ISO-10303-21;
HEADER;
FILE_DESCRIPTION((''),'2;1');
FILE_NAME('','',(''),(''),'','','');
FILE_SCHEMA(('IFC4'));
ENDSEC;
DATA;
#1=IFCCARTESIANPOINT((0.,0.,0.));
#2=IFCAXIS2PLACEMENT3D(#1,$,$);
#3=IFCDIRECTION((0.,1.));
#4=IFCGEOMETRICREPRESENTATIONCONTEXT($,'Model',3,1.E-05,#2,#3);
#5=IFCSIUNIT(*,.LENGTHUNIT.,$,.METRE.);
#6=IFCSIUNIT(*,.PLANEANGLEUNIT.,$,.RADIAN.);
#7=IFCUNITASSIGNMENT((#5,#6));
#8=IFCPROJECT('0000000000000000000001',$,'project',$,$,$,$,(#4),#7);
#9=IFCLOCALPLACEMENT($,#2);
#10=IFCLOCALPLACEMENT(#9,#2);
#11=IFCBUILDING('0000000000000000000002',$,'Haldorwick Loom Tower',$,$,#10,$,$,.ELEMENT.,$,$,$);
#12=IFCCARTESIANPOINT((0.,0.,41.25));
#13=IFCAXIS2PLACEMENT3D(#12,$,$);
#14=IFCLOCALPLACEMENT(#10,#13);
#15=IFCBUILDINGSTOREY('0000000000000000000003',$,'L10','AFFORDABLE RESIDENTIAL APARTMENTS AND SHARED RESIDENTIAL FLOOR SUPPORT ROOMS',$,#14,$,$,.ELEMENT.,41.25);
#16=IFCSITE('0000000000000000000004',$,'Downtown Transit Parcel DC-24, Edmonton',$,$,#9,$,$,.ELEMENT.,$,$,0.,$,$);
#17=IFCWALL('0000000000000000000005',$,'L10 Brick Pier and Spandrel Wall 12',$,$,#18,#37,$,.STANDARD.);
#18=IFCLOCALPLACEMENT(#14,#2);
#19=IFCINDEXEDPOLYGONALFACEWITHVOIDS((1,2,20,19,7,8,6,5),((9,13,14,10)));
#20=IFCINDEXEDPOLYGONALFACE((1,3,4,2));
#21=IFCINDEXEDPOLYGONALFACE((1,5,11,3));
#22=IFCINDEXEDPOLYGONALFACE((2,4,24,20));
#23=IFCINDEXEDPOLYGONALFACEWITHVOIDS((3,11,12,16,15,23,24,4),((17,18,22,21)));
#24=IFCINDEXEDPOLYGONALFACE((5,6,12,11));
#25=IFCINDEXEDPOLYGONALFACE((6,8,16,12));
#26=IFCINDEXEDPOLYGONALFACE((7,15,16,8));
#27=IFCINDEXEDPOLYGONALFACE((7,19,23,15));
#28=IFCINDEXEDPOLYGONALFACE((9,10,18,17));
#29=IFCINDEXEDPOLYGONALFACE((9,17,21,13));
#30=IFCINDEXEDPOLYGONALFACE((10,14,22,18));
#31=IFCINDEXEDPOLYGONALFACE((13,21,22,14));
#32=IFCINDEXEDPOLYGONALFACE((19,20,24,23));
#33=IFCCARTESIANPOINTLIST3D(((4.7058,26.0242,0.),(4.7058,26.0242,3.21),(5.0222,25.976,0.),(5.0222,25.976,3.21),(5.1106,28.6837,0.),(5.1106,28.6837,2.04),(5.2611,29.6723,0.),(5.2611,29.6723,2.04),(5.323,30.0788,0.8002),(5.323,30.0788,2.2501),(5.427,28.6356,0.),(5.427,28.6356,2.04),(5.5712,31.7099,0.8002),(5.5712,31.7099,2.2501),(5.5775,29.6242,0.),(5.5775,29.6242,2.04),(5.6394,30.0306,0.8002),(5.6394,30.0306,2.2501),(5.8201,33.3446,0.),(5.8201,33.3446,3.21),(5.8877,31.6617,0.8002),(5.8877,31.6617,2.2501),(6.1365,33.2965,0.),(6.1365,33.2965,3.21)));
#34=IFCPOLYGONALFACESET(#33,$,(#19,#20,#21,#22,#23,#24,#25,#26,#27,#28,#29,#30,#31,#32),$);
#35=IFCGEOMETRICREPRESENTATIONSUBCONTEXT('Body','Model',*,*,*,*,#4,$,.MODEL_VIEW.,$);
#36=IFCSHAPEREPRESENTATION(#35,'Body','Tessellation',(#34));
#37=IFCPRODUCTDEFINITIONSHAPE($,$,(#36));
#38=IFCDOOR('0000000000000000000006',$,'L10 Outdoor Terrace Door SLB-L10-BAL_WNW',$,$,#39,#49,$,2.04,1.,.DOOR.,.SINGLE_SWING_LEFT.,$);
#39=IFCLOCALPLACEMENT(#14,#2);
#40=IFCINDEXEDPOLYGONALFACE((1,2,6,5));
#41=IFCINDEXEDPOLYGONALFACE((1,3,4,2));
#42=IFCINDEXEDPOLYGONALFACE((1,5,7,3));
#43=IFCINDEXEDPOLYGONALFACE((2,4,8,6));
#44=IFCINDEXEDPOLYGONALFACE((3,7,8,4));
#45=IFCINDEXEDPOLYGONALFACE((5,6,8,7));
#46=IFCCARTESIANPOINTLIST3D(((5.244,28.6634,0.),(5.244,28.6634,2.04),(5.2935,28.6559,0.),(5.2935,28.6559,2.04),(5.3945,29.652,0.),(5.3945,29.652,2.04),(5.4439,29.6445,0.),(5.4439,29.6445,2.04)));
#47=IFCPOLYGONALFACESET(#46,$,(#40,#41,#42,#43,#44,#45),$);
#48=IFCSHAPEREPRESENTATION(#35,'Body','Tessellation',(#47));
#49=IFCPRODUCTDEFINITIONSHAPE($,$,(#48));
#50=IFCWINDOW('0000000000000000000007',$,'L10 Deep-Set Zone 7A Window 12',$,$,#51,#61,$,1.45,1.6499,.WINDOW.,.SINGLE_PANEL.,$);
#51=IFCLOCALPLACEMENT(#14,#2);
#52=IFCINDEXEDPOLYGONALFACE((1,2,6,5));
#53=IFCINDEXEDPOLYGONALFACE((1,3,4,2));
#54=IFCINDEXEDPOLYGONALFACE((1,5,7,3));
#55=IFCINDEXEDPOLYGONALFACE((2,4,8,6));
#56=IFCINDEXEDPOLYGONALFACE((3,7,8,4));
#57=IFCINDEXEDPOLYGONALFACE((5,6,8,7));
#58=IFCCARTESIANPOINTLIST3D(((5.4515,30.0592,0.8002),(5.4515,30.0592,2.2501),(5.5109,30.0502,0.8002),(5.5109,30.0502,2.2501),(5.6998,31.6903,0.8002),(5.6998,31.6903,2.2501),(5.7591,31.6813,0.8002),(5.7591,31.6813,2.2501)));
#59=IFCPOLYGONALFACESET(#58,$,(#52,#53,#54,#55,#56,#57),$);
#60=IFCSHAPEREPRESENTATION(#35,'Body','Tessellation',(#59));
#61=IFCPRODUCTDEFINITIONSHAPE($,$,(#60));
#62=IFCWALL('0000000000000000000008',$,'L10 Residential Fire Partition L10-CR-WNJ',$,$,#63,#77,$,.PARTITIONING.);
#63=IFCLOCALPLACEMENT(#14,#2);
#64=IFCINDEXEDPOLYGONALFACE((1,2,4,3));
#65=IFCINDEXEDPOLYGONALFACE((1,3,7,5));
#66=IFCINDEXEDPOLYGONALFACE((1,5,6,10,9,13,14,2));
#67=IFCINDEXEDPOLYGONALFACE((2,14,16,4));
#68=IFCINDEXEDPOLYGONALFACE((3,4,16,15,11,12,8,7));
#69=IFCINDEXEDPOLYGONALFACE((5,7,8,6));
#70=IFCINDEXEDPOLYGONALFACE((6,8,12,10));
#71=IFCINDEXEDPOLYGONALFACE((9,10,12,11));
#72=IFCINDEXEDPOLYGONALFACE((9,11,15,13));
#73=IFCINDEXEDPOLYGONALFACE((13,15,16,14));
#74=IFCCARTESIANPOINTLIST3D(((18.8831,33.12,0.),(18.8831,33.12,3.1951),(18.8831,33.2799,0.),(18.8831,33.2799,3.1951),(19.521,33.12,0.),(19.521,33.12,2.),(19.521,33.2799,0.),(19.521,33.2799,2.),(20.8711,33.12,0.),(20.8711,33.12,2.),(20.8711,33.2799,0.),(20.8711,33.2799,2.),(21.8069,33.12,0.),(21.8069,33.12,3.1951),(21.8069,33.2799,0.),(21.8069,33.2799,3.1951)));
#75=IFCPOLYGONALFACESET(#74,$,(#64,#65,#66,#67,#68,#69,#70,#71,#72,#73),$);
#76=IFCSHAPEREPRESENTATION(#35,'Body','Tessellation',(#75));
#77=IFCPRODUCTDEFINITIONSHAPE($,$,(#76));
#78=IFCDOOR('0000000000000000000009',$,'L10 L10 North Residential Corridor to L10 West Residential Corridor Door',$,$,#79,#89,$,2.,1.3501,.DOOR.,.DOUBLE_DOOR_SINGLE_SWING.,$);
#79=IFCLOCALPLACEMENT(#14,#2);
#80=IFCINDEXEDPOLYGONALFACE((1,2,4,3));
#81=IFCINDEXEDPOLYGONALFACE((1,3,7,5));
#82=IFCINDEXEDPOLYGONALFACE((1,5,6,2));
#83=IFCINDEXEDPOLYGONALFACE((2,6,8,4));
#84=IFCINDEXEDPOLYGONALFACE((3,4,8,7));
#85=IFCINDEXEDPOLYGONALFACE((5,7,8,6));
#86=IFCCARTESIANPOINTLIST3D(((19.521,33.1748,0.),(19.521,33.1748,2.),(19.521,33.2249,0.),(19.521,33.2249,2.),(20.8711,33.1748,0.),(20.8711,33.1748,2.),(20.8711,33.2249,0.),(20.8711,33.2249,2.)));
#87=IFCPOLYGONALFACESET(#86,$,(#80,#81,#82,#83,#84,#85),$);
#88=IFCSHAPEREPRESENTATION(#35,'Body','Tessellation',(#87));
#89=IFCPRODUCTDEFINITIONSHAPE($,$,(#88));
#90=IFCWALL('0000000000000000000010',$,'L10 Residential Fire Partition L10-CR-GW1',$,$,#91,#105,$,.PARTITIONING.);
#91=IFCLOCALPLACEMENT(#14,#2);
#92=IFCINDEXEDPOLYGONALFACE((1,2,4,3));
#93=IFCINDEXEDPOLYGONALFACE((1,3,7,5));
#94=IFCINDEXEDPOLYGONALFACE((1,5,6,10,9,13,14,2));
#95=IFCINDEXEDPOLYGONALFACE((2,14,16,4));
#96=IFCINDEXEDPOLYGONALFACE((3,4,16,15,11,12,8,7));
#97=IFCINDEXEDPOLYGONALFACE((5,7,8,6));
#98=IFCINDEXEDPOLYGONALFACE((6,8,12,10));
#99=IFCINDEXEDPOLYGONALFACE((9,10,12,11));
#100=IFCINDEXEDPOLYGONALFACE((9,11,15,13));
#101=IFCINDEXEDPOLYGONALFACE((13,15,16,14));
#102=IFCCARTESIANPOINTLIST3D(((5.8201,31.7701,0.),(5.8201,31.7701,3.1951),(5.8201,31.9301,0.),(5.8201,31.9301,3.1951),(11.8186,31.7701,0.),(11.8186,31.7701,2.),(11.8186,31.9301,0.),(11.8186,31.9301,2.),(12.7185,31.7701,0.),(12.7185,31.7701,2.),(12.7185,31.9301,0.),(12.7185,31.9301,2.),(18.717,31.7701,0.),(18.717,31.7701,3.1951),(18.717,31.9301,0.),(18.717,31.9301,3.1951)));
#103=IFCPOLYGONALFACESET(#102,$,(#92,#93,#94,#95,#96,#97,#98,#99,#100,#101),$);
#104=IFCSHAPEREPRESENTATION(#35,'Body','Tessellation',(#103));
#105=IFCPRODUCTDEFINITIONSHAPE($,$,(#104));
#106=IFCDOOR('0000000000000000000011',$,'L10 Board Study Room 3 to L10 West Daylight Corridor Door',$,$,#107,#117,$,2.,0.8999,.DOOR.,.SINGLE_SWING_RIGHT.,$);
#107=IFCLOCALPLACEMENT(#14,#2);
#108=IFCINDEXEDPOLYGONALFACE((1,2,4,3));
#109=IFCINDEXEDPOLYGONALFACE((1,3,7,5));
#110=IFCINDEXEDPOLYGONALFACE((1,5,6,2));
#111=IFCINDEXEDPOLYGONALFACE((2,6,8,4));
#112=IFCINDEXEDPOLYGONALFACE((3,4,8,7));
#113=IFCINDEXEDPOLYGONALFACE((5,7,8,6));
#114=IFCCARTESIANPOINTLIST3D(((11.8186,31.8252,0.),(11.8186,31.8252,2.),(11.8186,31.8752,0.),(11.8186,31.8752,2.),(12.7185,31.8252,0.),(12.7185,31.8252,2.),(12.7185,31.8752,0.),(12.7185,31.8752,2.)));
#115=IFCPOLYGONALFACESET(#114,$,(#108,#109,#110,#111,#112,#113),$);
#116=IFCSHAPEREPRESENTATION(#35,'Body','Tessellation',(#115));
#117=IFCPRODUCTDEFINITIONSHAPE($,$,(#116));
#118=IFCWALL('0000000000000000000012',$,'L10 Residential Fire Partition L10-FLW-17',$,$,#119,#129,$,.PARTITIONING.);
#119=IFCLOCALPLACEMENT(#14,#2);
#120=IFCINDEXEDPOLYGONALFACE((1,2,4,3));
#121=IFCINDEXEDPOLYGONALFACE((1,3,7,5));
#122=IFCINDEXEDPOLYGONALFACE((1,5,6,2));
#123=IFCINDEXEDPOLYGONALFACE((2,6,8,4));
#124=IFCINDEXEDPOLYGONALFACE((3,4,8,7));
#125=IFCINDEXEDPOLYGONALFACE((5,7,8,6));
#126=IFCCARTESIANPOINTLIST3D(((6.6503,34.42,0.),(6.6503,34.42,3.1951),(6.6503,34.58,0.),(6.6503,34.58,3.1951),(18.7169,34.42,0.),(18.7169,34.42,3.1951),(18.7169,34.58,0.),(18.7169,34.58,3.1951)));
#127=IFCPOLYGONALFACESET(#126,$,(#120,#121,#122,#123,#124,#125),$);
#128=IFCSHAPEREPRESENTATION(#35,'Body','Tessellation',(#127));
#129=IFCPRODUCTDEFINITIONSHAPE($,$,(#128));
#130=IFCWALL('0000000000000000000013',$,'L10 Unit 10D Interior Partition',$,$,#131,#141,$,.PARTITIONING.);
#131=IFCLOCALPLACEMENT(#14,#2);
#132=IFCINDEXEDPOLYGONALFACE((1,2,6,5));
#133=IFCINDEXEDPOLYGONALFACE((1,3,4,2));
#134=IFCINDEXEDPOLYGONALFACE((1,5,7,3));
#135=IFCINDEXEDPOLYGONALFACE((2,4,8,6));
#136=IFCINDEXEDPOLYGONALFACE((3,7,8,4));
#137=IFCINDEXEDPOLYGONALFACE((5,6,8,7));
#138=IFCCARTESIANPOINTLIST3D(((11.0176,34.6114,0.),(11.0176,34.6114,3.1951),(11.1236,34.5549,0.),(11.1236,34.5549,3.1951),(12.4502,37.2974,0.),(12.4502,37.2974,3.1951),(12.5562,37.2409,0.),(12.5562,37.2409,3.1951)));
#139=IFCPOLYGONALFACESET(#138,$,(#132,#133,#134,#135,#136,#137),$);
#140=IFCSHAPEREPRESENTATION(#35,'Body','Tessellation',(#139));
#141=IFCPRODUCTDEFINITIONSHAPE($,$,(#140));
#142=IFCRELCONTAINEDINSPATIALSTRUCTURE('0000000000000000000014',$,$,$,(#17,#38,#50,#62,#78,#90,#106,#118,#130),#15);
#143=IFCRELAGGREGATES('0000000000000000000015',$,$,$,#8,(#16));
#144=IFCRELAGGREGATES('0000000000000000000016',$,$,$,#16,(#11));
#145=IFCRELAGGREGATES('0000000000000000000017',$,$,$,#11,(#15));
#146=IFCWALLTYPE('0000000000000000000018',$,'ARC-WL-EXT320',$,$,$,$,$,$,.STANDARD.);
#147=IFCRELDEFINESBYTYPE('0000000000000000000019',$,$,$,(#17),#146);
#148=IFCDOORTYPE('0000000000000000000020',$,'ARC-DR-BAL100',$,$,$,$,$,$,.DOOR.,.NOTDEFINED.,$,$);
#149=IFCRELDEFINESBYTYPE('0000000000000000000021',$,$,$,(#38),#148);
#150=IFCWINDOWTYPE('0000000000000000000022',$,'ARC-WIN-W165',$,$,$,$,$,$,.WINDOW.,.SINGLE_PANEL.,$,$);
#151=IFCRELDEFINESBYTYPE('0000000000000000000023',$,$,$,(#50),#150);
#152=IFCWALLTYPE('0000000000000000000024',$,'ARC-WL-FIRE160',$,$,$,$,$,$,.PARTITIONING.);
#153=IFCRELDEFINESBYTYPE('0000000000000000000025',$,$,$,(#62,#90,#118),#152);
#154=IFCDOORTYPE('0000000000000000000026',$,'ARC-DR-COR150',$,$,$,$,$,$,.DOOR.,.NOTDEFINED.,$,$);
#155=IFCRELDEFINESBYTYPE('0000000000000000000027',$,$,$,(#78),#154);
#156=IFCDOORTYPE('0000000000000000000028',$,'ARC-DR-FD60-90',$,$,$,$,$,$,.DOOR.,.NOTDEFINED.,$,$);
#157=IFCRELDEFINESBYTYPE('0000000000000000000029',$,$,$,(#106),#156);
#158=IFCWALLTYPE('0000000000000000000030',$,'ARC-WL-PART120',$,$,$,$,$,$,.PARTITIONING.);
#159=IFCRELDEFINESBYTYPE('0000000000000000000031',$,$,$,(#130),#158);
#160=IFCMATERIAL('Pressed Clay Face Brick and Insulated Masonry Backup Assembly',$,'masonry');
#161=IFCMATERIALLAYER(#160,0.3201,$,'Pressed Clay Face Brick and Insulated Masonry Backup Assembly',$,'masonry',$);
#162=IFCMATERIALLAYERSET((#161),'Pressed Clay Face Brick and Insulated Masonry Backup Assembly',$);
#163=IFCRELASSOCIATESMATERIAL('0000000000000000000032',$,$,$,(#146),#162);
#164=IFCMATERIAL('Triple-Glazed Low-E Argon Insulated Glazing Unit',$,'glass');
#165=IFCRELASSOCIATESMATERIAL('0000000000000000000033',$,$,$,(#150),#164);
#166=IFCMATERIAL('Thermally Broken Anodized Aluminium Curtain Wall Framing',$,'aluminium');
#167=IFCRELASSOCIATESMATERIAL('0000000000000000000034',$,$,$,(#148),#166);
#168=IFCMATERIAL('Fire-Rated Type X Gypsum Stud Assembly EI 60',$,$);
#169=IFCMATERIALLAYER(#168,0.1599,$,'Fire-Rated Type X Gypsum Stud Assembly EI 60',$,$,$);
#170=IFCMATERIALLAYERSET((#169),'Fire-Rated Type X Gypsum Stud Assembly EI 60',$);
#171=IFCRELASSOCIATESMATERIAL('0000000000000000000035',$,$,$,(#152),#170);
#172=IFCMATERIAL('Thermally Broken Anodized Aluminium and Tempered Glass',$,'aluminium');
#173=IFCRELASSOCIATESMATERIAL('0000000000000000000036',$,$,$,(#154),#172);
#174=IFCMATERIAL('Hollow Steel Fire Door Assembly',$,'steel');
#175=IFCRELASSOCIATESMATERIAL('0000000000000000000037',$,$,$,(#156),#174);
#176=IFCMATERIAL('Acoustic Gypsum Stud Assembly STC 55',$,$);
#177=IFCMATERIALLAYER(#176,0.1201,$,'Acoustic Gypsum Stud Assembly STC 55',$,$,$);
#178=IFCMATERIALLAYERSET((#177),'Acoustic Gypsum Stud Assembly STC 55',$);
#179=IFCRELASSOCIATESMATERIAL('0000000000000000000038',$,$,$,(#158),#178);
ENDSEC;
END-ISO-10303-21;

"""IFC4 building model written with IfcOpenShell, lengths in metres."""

from ifc_helpers import new_model, si_unit, direction, frame, frame_2d, origin, place, context, subcontext, project, spatial, rectangle, extrude, material, layer, layer_set, type_object, element, fill, save


model = new_model("IFC4")

# Units and contexts
model_context = context("Model", 3, precision=1e-05, world=origin(), true_north=direction((0.0, 1.0)))
body_context = subcontext(model_context, "Body", "Model", "MODEL_VIEW")
ifc_project = project(units=[si_unit("LENGTHUNIT", "METRE"), si_unit("PLANEANGLEUNIT", "RADIAN")], contexts=[model_context])

# Site, building, storey
site_placement = place(None, origin())
site = spatial("IfcSite", under=ifc_project, at=site_placement, Name="Downtown Transit Parcel DC-24, Edmonton", CompositionType="ELEMENT", RefElevation=0.0)
building_placement = place(site_placement, origin())
building = spatial("IfcBuilding", under=site, at=building_placement, Name="Haldorwick Loom Tower", CompositionType="ELEMENT")
storey_placement = place(building_placement, frame((0.0, 0.0, 41.25)))
storey = spatial("IfcBuildingStorey", under=building, at=storey_placement, Name="L10", Description="AFFORDABLE RESIDENTIAL APARTMENTS AND SHARED RESIDENTIAL FLOOR SUPPORT ROOMS", CompositionType="ELEMENT", Elevation=41.25)

# Shared definitions
ifc_material_1 = material(Name="Pressed Clay Face Brick and Insulated Masonry Backup Assembly", Category="masonry")
ifc_layer_1 = layer(ifc_material_1, 0.3201, Name="Pressed Clay Face Brick and Insulated Masonry Backup Assembly", Category="masonry")
ifc_layer_set_1 = layer_set([ifc_layer_1], Name="Pressed Clay Face Brick and Insulated Masonry Backup Assembly")
wall_type_1 = type_object("IfcWallType", Name="ARC-WL-EXT320", PredefinedType="STANDARD", material=ifc_layer_set_1)
ifc_material_2 = material(Name="Triple-Glazed Low-E Argon Insulated Glazing Unit", Category="glass")
window_type = type_object("IfcWindowType", Name="ARC-WIN-W165", PartitioningType="SINGLE_PANEL", PredefinedType="WINDOW", material=ifc_material_2)

# Wall, openings, door, window
wall_1_placement = place(storey_placement, frame((5.9783, 33.3206, 0.0), z_axis=(0.0, 0.0, 1.0), x_axis=(-0.150476, -0.988614, 0.0)))
wall_1 = element("IfcWall", 1, at=wall_1_placement, inside=storey, type_object=wall_type_1, Name="L10 Brick Pier and Spandrel Wall 12", PredefinedType="STANDARD", context=body_context, shape_type="SweptSolid", body=[
    extrude(rectangle(XDim=7.4048, YDim=0.3201, at=frame_2d((3.7024, 0.0))), origin(), (0.0, 0.0, 1.0), 3.21),
])
opening_1_placement = place(wall_1_placement, frame((3.7146, 0.0, 0.0)))
opening_1 = element("IfcOpeningElement", 2, at=opening_1_placement, cuts=wall_1, PredefinedType="OPENING", context=body_context, shape_type="SweptSolid", body=[
    extrude(rectangle(XDim=1.0, YDim=2.04, at=frame_2d((0.5, 1.02))), frame((0.0, 0.1699, 0.0), z_axis=(0.0, -1.0, 0.0), x_axis=(1.0, 0.0, 0.0)), (0.0, 0.0, 1.0), 0.3401),
])
opening_2_placement = place(wall_1_placement, frame((1.6536, 0.0, 0.8)))
opening_2 = element("IfcOpeningElement", 3, at=opening_2_placement, cuts=wall_1, PredefinedType="OPENING", context=body_context, shape_type="SweptSolid", body=[
    extrude(rectangle(XDim=1.6499, YDim=1.45, at=frame_2d((0.825, 0.7251))), frame((0.0, 0.1699, 0.0), z_axis=(0.0, -1.0, 0.0), x_axis=(1.0, 0.0, 0.0)), (0.0, 0.0, 1.0), 0.3401),
])
ifc_material_3 = material(Name="Thermally Broken Anodized Aluminium Curtain Wall Framing", Category="aluminium")
door_type_1 = type_object("IfcDoorType", Name="ARC-DR-BAL100", OperationType="NOTDEFINED", PredefinedType="DOOR", material=ifc_material_3)
door_1_placement = place(opening_1_placement, origin())
door_1 = element("IfcDoor", 4, at=door_1_placement, inside=storey, type_object=door_type_1, Name="L10 Outdoor Terrace Door SLB-L10-BAL_WNW", OperationType="SINGLE_SWING_LEFT", OverallHeight=2.04, OverallWidth=1.0, PredefinedType="DOOR", context=body_context, shape_type="SweptSolid", body=[
    extrude(rectangle(XDim=1.0, YDim=2.04, at=frame_2d((0.5, 1.02))), frame((0.0, 0.0249, 0.0), z_axis=(0.0, -1.0, 0.0), x_axis=(1.0, 0.0, 0.0)), (0.0, 0.0, 1.0), 0.05),
])
fill(opening_1, door_1)
window_1_placement = place(opening_2_placement, origin())
window_1 = element("IfcWindow", 5, at=window_1_placement, inside=storey, type_object=window_type, Name="L10 Deep-Set Zone 7A Window 12", OverallHeight=1.45, OverallWidth=1.6499, PartitioningType="SINGLE_PANEL", PredefinedType="WINDOW", context=body_context, shape_type="SweptSolid", body=[
    extrude(rectangle(XDim=1.6499, YDim=1.45, at=frame_2d((0.825, 0.7251))), frame((0.0, 0.03, 0.0), z_axis=(0.0, -1.0, 0.0), x_axis=(1.0, 0.0, 0.0)), (0.0, 0.0, 1.0), 0.0601),
])
fill(opening_2, window_1)

# Walls, openings, doors
ifc_material_4 = material(Name="Fire-Rated Type X Gypsum Stud Assembly EI 60")
ifc_layer_2 = layer(ifc_material_4, 0.1599, Name="Fire-Rated Type X Gypsum Stud Assembly EI 60")
ifc_layer_set_2 = layer_set([ifc_layer_2], Name="Fire-Rated Type X Gypsum Stud Assembly EI 60")
wall_type_2 = type_object("IfcWallType", Name="ARC-WL-FIRE160", PredefinedType="PARTITIONING", material=ifc_layer_set_2)
wall_2_placement = place(storey_placement, frame((18.8831, 33.2, 0.0), z_axis=(0.0, 0.0, 1.0), x_axis=(1.0, 0.0, 0.0)))
wall_2 = element("IfcWall", 6, at=wall_2_placement, inside=storey, type_object=wall_type_2, Name="L10 Residential Fire Partition L10-CR-WNJ", PredefinedType="PARTITIONING", context=body_context, shape_type="SweptSolid", body=[
    extrude(rectangle(XDim=2.9238, YDim=0.1599, at=frame_2d((1.4619, 0.0))), origin(), (0.0, 0.0, 1.0), 3.1951),
])
opening_3_placement = place(wall_2_placement, frame((0.6379, 0.0, 0.0)))
opening_3 = element("IfcOpeningElement", 7, at=opening_3_placement, cuts=wall_2, PredefinedType="OPENING", context=body_context, shape_type="SweptSolid", body=[
    extrude(rectangle(XDim=1.3501, YDim=2.0, at=frame_2d((0.675, 1.0))), frame((0.0, 0.0898, 0.0), z_axis=(0.0, -1.0, 0.0), x_axis=(1.0, 0.0, 0.0)), (0.0, 0.0, 1.0), 0.1799),
])
ifc_material_5 = material(Name="Thermally Broken Anodized Aluminium and Tempered Glass", Category="aluminium")
door_type_2 = type_object("IfcDoorType", Name="ARC-DR-COR150", OperationType="NOTDEFINED", PredefinedType="DOOR", material=ifc_material_5)
door_2_placement = place(opening_3_placement, origin())
door_2 = element("IfcDoor", 8, at=door_2_placement, inside=storey, type_object=door_type_2, Name="L10 L10 North Residential Corridor to L10 West Residential Corridor Door", OperationType="DOUBLE_DOOR_SINGLE_SWING", OverallHeight=2.0, OverallWidth=1.3501, PredefinedType="DOOR", context=body_context, shape_type="SweptSolid", body=[
    extrude(rectangle(XDim=1.3501, YDim=2.0, at=frame_2d((0.675, 1.0))), frame((0.0, 0.0249, 0.0), z_axis=(0.0, -1.0, 0.0), x_axis=(1.0, 0.0, 0.0)), (0.0, 0.0, 1.0), 0.05),
])
fill(opening_3, door_2)
wall_3_placement = place(storey_placement, frame((5.8201, 31.8501, 0.0), z_axis=(0.0, 0.0, 1.0), x_axis=(1.0, 0.0, 0.0)))
wall_3 = element("IfcWall", 9, at=wall_3_placement, inside=storey, type_object=wall_type_2, Name="L10 Residential Fire Partition L10-CR-GW1", PredefinedType="PARTITIONING", context=body_context, shape_type="SweptSolid", body=[
    extrude(rectangle(XDim=12.897, YDim=0.1599, at=frame_2d((6.4485, 0.0))), origin(), (0.0, 0.0, 1.0), 3.1951),
])
opening_4_placement = place(wall_3_placement, frame((5.9985, 0.0, 0.0)))
opening_4 = element("IfcOpeningElement", 10, at=opening_4_placement, cuts=wall_3, PredefinedType="OPENING", context=body_context, shape_type="SweptSolid", body=[
    extrude(rectangle(XDim=0.8999, YDim=2.0, at=frame_2d((0.45, 1.0))), frame((0.0, 0.0898, 0.0), z_axis=(0.0, -1.0, 0.0), x_axis=(1.0, 0.0, 0.0)), (0.0, 0.0, 1.0), 0.1799),
])
ifc_material_6 = material(Name="Hollow Steel Fire Door Assembly", Category="steel")
door_type_3 = type_object("IfcDoorType", Name="ARC-DR-FD60-90", OperationType="NOTDEFINED", PredefinedType="DOOR", material=ifc_material_6)
door_3_placement = place(opening_4_placement, frame((0.8999, 0.0, 0.0), z_axis=(0.0, 0.0, 1.0), x_axis=(-1.0, 0.0, 0.0)))
door_3 = element("IfcDoor", 11, at=door_3_placement, inside=storey, type_object=door_type_3, Name="L10 Board Study Room 3 to L10 West Daylight Corridor Door", OperationType="SINGLE_SWING_RIGHT", OverallHeight=2.0, OverallWidth=0.8999, PredefinedType="DOOR", context=body_context, shape_type="SweptSolid", body=[
    extrude(rectangle(XDim=0.8999, YDim=2.0, at=frame_2d((0.45, 1.0))), frame((0.0, 0.0249, 0.0), z_axis=(0.0, -1.0, 0.0), x_axis=(1.0, 0.0, 0.0)), (0.0, 0.0, 1.0), 0.05),
])
fill(opening_4, door_3)

# Walls
wall_4_placement = place(storey_placement, frame((6.6504, 34.5, 0.0), z_axis=(0.0, 0.0, 1.0), x_axis=(1.0, 0.0, 0.0)))
element("IfcWall", 12, at=wall_4_placement, inside=storey, type_object=wall_type_2, Name="L10 Residential Fire Partition L10-FLW-17", PredefinedType="PARTITIONING", context=body_context, shape_type="SweptSolid", body=[
    extrude(rectangle(XDim=12.0667, YDim=0.1599, at=frame_2d((6.0332, 0.0))), origin(), (0.0, 0.0, 1.0), 3.1951),
])
ifc_material_7 = material(Name="Acoustic Gypsum Stud Assembly STC 55")
ifc_layer_3 = layer(ifc_material_7, 0.1201, Name="Acoustic Gypsum Stud Assembly STC 55")
ifc_layer_set_3 = layer_set([ifc_layer_3], Name="Acoustic Gypsum Stud Assembly STC 55")
wall_type_3 = type_object("IfcWallType", Name="ARC-WL-PART120", PredefinedType="PARTITIONING", material=ifc_layer_set_3)
wall_5_placement = place(storey_placement, frame((12.5032, 37.269, 0.0), z_axis=(0.0, 0.0, 1.0), x_axis=(-0.470605, -0.882344, 0.0)))
element("IfcWall", 13, at=wall_5_placement, inside=storey, type_object=wall_type_3, Name="L10 Unit 10D Interior Partition", PredefinedType="PARTITIONING", context=body_context, shape_type="SweptSolid", body=[
    extrude(rectangle(XDim=3.0442, YDim=0.1201, at=frame_2d((1.522, 0.0))), origin(), (0.0, 0.0, 1.0), 3.1951),
])

save(model, "model.ifc")
